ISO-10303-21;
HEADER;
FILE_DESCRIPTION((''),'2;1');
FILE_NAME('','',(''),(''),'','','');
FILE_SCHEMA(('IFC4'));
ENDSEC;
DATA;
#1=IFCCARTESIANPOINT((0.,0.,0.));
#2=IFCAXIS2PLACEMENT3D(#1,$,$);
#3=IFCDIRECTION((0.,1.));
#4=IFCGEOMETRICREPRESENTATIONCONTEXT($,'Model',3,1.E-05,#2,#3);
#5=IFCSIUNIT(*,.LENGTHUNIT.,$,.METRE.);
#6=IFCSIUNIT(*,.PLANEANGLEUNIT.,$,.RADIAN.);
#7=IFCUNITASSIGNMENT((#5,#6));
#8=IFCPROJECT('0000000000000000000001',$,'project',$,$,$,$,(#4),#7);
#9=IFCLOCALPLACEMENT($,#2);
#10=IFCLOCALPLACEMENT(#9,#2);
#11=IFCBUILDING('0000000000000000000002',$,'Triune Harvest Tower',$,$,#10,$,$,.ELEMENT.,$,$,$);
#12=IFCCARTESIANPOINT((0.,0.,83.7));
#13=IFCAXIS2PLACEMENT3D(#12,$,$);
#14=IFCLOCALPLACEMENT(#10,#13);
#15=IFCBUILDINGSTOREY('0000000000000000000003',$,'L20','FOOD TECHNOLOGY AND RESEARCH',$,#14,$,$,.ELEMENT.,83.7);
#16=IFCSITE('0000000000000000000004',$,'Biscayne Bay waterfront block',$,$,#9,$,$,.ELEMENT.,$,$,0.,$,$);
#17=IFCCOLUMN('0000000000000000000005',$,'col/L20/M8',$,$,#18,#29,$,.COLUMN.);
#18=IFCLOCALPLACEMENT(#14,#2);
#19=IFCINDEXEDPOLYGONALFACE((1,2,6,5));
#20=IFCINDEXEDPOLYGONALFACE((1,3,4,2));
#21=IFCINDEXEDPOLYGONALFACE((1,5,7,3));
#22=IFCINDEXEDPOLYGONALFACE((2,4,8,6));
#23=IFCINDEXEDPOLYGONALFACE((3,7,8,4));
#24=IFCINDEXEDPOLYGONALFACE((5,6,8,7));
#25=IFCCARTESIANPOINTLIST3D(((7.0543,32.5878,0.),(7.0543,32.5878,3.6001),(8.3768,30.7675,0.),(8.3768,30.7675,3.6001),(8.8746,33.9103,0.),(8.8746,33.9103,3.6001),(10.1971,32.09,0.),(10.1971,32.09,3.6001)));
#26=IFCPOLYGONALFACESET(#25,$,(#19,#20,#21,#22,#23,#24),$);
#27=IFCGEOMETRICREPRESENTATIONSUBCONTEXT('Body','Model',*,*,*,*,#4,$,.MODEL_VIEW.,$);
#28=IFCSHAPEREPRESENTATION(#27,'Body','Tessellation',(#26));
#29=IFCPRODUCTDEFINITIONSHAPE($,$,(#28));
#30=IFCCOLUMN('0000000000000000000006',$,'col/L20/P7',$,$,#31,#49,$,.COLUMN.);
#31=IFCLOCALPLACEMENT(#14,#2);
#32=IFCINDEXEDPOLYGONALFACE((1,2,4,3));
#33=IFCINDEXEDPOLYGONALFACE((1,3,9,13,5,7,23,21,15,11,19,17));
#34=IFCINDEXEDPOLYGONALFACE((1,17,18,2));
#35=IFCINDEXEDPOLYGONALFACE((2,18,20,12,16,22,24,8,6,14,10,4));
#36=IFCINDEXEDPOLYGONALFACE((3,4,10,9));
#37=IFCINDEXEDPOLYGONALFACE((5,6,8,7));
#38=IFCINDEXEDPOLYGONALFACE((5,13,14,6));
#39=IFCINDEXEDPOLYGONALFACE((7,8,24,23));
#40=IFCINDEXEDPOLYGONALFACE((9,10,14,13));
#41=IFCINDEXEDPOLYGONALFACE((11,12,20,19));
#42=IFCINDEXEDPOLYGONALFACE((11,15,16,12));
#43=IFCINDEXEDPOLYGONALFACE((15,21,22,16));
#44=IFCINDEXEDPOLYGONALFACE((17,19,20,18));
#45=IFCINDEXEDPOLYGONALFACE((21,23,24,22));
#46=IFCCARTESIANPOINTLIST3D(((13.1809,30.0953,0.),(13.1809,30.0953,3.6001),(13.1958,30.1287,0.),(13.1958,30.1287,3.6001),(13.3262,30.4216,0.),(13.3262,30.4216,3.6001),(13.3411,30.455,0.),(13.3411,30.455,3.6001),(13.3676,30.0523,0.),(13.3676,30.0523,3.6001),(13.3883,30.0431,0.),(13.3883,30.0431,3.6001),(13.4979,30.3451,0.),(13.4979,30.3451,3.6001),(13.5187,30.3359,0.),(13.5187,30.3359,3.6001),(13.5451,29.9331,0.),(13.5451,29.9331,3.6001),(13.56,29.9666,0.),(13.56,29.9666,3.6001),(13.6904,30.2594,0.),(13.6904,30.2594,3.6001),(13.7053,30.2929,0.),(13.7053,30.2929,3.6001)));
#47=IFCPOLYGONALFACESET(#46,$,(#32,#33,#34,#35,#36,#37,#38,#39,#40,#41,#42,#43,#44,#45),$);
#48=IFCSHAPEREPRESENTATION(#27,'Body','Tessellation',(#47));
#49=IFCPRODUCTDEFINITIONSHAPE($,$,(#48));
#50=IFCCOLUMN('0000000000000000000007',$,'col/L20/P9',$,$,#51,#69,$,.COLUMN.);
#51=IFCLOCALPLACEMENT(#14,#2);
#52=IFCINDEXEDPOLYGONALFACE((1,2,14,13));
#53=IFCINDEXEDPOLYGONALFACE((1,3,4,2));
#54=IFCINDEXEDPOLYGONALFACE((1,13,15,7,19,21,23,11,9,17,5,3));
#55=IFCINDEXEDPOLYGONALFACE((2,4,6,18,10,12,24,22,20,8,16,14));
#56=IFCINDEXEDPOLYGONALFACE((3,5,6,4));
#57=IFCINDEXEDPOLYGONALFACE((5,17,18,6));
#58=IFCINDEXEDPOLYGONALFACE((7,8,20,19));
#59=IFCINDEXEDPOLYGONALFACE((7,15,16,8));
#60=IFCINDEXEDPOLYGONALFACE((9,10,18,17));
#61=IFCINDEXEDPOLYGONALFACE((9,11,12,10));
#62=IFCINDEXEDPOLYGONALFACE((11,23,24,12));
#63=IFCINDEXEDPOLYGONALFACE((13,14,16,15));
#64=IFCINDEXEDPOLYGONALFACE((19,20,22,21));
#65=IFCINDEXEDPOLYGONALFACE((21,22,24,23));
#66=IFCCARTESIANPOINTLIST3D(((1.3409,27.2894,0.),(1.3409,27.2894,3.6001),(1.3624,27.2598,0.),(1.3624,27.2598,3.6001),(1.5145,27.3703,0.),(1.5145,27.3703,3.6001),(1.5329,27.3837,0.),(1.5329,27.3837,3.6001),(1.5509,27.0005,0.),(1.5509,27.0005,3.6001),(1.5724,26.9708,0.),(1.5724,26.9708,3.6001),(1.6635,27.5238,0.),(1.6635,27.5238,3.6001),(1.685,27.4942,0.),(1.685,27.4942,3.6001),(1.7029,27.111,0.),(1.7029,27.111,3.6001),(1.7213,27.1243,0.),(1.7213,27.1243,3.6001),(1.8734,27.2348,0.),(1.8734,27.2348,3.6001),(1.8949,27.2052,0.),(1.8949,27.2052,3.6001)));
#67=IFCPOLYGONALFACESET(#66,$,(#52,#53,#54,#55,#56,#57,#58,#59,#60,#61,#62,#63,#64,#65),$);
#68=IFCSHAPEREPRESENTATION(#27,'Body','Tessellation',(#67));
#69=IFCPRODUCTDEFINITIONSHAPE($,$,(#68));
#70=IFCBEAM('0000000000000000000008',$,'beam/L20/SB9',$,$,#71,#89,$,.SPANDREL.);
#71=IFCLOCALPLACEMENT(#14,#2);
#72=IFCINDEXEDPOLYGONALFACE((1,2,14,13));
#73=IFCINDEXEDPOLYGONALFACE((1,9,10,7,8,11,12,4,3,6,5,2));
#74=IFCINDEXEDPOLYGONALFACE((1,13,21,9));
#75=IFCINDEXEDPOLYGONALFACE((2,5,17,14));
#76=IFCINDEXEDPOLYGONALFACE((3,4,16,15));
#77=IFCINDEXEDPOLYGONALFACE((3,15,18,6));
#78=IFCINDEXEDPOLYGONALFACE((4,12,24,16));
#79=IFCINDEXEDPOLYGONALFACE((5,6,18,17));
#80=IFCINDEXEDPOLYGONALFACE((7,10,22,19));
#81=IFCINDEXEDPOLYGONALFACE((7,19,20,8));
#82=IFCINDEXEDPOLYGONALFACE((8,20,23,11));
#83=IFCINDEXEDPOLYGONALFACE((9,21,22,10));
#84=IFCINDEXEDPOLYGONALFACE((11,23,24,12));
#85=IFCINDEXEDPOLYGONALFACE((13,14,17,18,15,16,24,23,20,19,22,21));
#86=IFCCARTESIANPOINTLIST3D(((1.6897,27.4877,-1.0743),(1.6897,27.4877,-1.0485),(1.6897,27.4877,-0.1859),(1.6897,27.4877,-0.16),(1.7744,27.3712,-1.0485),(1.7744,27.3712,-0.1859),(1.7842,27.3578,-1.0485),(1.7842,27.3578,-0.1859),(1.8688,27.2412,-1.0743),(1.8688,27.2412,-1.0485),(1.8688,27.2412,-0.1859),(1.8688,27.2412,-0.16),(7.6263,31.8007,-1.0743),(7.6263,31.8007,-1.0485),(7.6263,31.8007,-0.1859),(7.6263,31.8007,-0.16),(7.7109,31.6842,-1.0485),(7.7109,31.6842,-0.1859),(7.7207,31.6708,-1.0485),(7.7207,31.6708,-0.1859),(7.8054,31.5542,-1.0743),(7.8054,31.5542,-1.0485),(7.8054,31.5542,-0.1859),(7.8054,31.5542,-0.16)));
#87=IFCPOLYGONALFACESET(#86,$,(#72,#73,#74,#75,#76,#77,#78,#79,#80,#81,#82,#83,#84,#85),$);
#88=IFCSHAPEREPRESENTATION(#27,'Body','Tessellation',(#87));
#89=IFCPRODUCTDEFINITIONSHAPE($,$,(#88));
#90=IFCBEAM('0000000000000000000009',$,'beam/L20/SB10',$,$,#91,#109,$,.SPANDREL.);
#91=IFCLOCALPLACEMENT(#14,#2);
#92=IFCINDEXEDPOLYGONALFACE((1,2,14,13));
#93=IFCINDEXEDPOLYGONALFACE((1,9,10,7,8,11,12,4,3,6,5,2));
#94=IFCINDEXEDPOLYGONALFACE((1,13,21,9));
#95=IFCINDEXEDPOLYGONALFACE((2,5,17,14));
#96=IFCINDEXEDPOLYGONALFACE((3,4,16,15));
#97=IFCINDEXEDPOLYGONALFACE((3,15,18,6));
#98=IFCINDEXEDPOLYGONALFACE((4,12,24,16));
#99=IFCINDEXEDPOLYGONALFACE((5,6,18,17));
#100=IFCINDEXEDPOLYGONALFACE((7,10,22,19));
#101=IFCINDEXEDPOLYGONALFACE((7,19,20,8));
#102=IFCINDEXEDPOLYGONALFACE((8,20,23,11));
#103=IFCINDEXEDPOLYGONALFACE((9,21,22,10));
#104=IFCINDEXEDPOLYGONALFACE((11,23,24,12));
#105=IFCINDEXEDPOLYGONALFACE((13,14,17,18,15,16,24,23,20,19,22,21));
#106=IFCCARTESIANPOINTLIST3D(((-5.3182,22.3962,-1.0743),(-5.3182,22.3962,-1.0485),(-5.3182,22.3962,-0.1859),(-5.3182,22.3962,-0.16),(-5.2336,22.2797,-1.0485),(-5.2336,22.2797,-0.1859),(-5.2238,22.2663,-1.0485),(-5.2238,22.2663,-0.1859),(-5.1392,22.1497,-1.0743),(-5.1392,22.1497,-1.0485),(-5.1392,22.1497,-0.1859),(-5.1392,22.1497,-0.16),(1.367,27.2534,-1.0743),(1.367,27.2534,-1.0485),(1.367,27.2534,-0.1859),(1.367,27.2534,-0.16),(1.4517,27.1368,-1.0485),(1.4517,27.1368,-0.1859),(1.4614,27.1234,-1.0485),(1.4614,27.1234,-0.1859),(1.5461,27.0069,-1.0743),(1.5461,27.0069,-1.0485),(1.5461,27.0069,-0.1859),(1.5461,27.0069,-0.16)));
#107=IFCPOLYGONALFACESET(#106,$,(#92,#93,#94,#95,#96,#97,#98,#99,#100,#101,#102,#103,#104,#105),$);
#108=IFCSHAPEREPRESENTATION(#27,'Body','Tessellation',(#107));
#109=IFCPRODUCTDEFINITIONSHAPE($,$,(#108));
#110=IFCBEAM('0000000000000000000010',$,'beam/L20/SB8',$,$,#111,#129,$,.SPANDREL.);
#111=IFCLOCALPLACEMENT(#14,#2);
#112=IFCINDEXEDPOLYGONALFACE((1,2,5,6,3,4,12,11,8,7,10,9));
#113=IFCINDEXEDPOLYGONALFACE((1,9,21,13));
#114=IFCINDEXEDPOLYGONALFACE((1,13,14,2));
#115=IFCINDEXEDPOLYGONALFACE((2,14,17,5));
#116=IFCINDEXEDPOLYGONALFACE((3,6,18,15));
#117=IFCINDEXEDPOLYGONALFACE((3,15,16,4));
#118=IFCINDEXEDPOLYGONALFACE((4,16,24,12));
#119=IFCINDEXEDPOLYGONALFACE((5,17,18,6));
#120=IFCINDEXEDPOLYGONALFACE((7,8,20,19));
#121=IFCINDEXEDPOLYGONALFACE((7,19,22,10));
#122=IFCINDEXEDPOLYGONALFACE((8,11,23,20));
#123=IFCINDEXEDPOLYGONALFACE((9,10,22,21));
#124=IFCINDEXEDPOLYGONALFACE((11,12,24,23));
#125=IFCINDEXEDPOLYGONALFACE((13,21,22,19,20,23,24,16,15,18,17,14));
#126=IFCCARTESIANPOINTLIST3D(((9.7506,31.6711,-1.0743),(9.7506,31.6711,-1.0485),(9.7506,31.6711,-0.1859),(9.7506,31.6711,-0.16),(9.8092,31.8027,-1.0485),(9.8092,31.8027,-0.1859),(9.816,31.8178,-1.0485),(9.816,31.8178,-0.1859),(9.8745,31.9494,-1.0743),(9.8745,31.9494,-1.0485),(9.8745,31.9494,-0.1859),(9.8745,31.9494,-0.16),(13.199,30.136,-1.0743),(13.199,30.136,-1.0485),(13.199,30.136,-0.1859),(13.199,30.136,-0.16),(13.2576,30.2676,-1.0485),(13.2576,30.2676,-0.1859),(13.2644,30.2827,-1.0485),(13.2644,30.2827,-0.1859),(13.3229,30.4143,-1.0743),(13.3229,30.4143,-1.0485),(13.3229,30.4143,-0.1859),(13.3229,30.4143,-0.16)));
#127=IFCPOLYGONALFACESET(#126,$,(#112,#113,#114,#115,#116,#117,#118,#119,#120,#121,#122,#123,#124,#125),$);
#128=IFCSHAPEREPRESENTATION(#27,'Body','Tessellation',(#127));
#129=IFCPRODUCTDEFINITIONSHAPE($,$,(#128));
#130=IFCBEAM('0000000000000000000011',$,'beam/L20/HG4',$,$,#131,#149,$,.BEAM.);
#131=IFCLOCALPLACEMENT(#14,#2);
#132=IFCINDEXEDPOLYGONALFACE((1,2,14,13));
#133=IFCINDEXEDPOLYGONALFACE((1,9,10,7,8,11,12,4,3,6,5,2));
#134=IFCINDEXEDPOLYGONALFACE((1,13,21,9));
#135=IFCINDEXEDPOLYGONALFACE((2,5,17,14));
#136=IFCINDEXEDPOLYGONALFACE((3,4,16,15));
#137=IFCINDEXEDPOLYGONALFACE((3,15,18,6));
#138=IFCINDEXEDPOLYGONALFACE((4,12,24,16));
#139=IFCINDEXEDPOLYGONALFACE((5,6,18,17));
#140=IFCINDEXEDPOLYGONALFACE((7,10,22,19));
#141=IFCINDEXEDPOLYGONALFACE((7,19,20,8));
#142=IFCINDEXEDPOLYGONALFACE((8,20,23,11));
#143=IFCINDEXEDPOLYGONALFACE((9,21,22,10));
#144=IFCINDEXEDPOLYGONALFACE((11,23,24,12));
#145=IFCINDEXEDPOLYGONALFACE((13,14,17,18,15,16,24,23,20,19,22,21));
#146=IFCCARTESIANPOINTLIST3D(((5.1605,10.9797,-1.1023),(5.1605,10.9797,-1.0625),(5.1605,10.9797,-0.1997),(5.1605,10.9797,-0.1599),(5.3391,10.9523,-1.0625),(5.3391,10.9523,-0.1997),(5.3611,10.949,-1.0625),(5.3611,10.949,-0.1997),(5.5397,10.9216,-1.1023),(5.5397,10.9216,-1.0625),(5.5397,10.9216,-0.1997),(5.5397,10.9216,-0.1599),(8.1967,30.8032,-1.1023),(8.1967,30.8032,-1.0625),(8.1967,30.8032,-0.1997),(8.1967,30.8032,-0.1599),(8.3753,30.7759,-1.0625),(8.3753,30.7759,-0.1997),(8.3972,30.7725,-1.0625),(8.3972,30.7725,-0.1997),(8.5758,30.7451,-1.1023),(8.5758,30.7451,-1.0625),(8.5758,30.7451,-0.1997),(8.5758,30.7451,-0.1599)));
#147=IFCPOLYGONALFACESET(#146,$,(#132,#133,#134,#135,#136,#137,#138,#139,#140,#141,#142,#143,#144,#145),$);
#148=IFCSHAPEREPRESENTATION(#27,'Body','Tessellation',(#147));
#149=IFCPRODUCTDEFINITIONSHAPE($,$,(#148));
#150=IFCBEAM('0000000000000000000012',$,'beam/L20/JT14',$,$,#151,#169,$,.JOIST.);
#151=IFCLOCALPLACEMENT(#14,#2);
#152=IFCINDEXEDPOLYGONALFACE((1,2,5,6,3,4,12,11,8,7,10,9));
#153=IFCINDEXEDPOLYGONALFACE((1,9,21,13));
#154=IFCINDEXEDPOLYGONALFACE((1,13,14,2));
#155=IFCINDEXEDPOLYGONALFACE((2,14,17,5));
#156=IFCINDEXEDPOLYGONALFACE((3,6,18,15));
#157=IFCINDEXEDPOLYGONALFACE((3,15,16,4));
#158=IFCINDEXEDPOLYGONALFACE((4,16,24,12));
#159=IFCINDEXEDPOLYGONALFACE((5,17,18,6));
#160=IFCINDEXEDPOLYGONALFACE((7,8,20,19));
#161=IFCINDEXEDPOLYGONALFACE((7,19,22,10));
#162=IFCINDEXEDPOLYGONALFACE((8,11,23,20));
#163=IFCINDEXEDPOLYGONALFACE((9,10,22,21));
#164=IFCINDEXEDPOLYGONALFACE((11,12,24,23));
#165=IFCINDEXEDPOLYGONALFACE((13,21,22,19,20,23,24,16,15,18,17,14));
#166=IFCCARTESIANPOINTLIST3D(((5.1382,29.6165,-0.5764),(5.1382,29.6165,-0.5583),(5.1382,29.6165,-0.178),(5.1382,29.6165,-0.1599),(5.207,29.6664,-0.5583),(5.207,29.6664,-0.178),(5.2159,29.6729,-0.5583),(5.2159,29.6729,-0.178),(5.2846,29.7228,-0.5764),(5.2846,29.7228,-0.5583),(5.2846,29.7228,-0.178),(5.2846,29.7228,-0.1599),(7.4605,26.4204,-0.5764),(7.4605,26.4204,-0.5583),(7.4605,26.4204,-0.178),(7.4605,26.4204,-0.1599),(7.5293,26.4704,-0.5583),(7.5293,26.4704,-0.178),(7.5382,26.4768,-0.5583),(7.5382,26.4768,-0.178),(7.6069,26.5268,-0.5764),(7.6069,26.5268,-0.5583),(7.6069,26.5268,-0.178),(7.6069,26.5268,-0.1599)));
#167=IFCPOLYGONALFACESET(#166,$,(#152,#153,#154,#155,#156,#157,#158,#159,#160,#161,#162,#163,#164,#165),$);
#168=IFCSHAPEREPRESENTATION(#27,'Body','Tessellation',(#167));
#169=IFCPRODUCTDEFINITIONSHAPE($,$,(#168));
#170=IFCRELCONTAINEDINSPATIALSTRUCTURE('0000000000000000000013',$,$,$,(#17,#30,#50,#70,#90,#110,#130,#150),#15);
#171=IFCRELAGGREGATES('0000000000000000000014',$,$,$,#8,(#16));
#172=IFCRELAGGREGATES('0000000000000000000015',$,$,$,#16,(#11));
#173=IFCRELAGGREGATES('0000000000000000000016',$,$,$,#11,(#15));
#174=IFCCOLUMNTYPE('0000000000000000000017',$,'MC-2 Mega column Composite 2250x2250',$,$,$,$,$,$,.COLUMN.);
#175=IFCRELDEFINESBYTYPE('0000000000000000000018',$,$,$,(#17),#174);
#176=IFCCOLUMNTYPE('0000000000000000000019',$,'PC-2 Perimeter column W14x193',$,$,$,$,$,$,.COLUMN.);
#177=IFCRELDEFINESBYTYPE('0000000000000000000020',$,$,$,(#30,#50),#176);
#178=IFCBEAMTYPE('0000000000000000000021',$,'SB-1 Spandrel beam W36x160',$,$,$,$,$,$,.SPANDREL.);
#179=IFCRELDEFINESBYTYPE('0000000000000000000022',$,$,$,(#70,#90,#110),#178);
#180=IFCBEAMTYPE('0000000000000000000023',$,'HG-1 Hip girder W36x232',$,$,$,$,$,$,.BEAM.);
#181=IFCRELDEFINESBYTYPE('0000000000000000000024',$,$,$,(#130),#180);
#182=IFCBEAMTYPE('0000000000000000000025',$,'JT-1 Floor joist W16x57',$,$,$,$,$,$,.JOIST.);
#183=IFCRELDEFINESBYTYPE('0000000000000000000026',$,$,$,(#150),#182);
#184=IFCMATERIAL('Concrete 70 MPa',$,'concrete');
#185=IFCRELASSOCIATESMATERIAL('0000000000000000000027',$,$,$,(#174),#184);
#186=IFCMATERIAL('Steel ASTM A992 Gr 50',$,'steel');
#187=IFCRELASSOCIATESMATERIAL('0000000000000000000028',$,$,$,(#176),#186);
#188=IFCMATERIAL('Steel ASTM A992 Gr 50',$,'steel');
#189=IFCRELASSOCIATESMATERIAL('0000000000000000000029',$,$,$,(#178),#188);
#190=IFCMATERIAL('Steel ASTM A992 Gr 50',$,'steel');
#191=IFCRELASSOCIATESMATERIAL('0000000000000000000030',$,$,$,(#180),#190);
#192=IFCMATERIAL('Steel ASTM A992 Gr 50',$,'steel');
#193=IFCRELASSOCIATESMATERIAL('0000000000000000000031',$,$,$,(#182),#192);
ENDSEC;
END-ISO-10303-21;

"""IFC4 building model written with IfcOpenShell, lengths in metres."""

from ifc_helpers import new_model, si_unit, direction, frame, origin, origin_2d, place, context, subcontext, project, spatial, rectangle, i_section, extrude, source, transform, mapped, material, material_profile, profile_set, type_object, element, save


model = new_model("IFC4")

# Units and contexts
model_context = context("Model", 3, precision=1e-05, world=origin(), true_north=direction((0.0, 1.0)))
body_context = subcontext(model_context, "Body", "Model", "MODEL_VIEW")
ifc_project = project(units=[si_unit("LENGTHUNIT", "METRE"), si_unit("PLANEANGLEUNIT", "RADIAN")], contexts=[model_context])

# Site, building, storey
site_placement = place(None, origin())
site = spatial("IfcSite", under=ifc_project, at=site_placement, Name="Biscayne Bay waterfront block", CompositionType="ELEMENT", RefElevation=0.0)
building_placement = place(site_placement, origin())
building = spatial("IfcBuilding", under=site, at=building_placement, Name="Triune Harvest Tower", CompositionType="ELEMENT")
storey_placement = place(building_placement, frame((0.0, 0.0, 83.7)))
storey = spatial("IfcBuildingStorey", under=building, at=storey_placement, Name="L20", Description="FOOD TECHNOLOGY AND RESEARCH", CompositionType="ELEMENT", Elevation=83.7)

# Columns
ifc_material_1 = material(Name="Concrete 70 MPa", Category="concrete")
ifc_material_profile_1 = material_profile(ifc_material_1, rectangle(XDim=2.25, YDim=2.25, at=origin_2d()), Name="Composite 2250x2250")
ifc_profile_set_1 = profile_set([ifc_material_profile_1], Name="Concrete 70 MPa")
column_type_1 = type_object("IfcColumnType", Name="MC-2 Mega column Composite 2250x2250", PredefinedType="COLUMN", material=ifc_profile_set_1)
shared_shape_1 = source(origin(), body_context, "Body", "SweptSolid", [
    extrude(rectangle(XDim=2.25, YDim=2.25, at=origin_2d()), origin(), (0.0, 0.0, 1.0), 3.6001),
])
column_placement = place(storey_placement, frame((8.6257, 32.3389, 0.0), z_axis=(0.0, 0.0, 1.0), x_axis=(-0.809017, -0.587785, 0.0)))
element("IfcColumn", 1, at=column_placement, inside=storey, type_object=column_type_1, Name="col/L20/M8", PredefinedType="COLUMN", context=body_context, shape_type="MappedRepresentation", body=[
    mapped(shared_shape_1, transform((0.0, 0.0, 0.0), scale=1.0)),
])
ifc_material_2 = material(Name="Steel ASTM A992 Gr 50", Category="steel")
ifc_material_profile_2 = material_profile(ifc_material_2, i_section(OverallWidth=0.3987, OverallDepth=0.3938, WebThickness=0.0227, FlangeThickness=0.0366, at=origin_2d()), Name="W14x193")
ifc_profile_set_2 = profile_set([ifc_material_profile_2], Name="Steel ASTM A992 Gr 50")
column_type_2 = type_object("IfcColumnType", Name="PC-2 Perimeter column W14x193", PredefinedType="COLUMN", material=ifc_profile_set_2)
shared_shape_2 = source(origin(), body_context, "Body", "SweptSolid", [
    extrude(i_section(OverallWidth=0.3987, OverallDepth=0.3938, WebThickness=0.0227, FlangeThickness=0.0366, at=origin_2d()), origin(), (0.0, 0.0, 1.0), 3.6001),
])
for number, where, z_axis, x_axis, name in (
    (2, (13.4431, 30.1941, 0.0), (0.0, 0.0, 1.0), (-0.913547, 0.406733, 0.0), "col/L20/P7"),
    (3, (1.6179, 27.2473, 0.0), (0.0, 0.0, 1.0), (-0.809017, -0.587785, 0.0), "col/L20/P9"),
):
    element("IfcColumn", number, at=place(storey_placement, frame(where, z_axis=z_axis, x_axis=x_axis)), inside=storey, type_object=column_type_2, Name=name, PredefinedType="COLUMN", context=body_context, shape_type="MappedRepresentation", body=[
        mapped(shared_shape_2, transform((0.0, 0.0, 0.0), scale=1.0)),
    ])

# Beams
ifc_material_3 = material(Name="Steel ASTM A992 Gr 50", Category="steel")
ifc_material_profile_3 = material_profile(ifc_material_3, i_section(OverallWidth=0.3047, OverallDepth=0.9143, WebThickness=0.0166, FlangeThickness=0.0259, at=origin_2d()), Name="W36x160")
ifc_profile_set_3 = profile_set([ifc_material_profile_3], Name="Steel ASTM A992 Gr 50")
beam_type_1 = type_object("IfcBeamType", Name="SB-1 Spandrel beam W36x160", PredefinedType="SPANDREL", material=ifc_profile_set_3)
shared_shape_3 = source(origin(), body_context, "Body", "SweptSolid", [
    extrude(i_section(OverallWidth=0.3047, OverallDepth=0.9143, WebThickness=0.0166, FlangeThickness=0.0259, at=origin_2d()), origin(), (0.0, 0.0, 1.0), 7.3379),
])
beam_1_placement = place(storey_placement, frame((7.7158, 31.6775, -0.6172), z_axis=(-0.809027, -0.587772, 0.0), x_axis=(0.587772, -0.809027, 0.0)))
element("IfcBeam", 4, at=beam_1_placement, inside=storey, type_object=beam_type_1, Name="beam/L20/SB9", PredefinedType="SPANDREL", context=body_context, shape_type="MappedRepresentation", body=[
    mapped(shared_shape_3, transform((0.0, 0.0, 0.0), scale=1.0)),
])
shared_shape_4 = source(origin(), body_context, "Body", "SweptSolid", [
    extrude(i_section(OverallWidth=0.3047, OverallDepth=0.9143, WebThickness=0.0166, FlangeThickness=0.0259, at=origin_2d()), origin(), (0.0, 0.0, 1.0), 8.2634),
])
beam_2_placement = place(storey_placement, frame((1.4565, 27.1301, -0.6172), z_axis=(-0.809016, -0.587787, 0.0), x_axis=(0.587787, -0.809016, 0.0)))
element("IfcBeam", 5, at=beam_2_placement, inside=storey, type_object=beam_type_1, Name="beam/L20/SB10", PredefinedType="SPANDREL", context=body_context, shape_type="MappedRepresentation", body=[
    mapped(shared_shape_4, transform((0.0, 0.0, 0.0), scale=1.0)),
])
shared_shape_5 = source(origin(), body_context, "Body", "SweptSolid", [
    extrude(i_section(OverallWidth=0.3047, OverallDepth=0.9143, WebThickness=0.0166, FlangeThickness=0.0259, at=origin_2d()), origin(), (0.0, 0.0, 1.0), 3.7747),
])
beam_3_placement = place(storey_placement, frame((13.261, 30.2751, -0.6172), z_axis=(-0.913566, 0.40669, 0.0), x_axis=(-0.40669, -0.913566, 0.0)))
element("IfcBeam", 6, at=beam_3_placement, inside=storey, type_object=beam_type_1, Name="beam/L20/SB8", PredefinedType="SPANDREL", context=body_context, shape_type="MappedRepresentation", body=[
    mapped(shared_shape_5, transform((0.0, 0.0, 0.0), scale=1.0)),
])
ifc_material_4 = material(Name="Steel ASTM A992 Gr 50", Category="steel")
ifc_material_profile_4 = material_profile(ifc_material_4, i_section(OverallWidth=0.3835, OverallDepth=0.9424, WebThickness=0.0222, FlangeThickness=0.0398, at=origin_2d()), Name="W36x232")
ifc_profile_set_4 = profile_set([ifc_material_profile_4], Name="Steel ASTM A992 Gr 50")
beam_type_2 = type_object("IfcBeamType", Name="HG-1 Hip girder W36x232", PredefinedType="BEAM", material=ifc_profile_set_4)
shared_shape_6 = source(origin(), body_context, "Body", "SweptSolid", [
    extrude(i_section(OverallWidth=0.3835, OverallDepth=0.9424, WebThickness=0.0222, FlangeThickness=0.0398, at=origin_2d()), origin(), (0.0, 0.0, 1.0), 20.0547),
])
beam_4_placement = place(storey_placement, frame((8.3862, 30.7742, -0.6311), z_axis=(-0.151393, -0.988474, 0.0), x_axis=(0.988474, -0.151393, 0.0)))
element("IfcBeam", 7, at=beam_4_placement, inside=storey, type_object=beam_type_2, Name="beam/L20/HG4", PredefinedType="BEAM", context=body_context, shape_type="MappedRepresentation", body=[
    mapped(shared_shape_6, transform((0.0, 0.0, 0.0), scale=1.0)),
])
ifc_material_5 = material(Name="Steel ASTM A992 Gr 50", Category="steel")
ifc_material_profile_5 = material_profile(ifc_material_5, i_section(OverallWidth=0.1809, OverallDepth=0.4165, WebThickness=0.011, FlangeThickness=0.0181, at=origin_2d()), Name="W16x57")
ifc_profile_set_5 = profile_set([ifc_material_profile_5], Name="Steel ASTM A992 Gr 50")
beam_type_3 = type_object("IfcBeamType", Name="JT-1 Floor joist W16x57", PredefinedType="JOIST", material=ifc_profile_set_5)
shared_shape_7 = source(origin(), body_context, "Body", "SweptSolid", [
    extrude(i_section(OverallWidth=0.1809, OverallDepth=0.4165, WebThickness=0.011, FlangeThickness=0.0181, at=origin_2d()), origin(), (0.0, 0.0, 1.0), 3.9507),
])
beam_5_placement = place(storey_placement, frame((5.2114, 29.6697, -0.3682), z_axis=(0.587819, -0.808993, 0.0), x_axis=(0.808993, 0.587819, 0.0)))
element("IfcBeam", 8, at=beam_5_placement, inside=storey, type_object=beam_type_3, Name="beam/L20/JT14", PredefinedType="JOIST", context=body_context, shape_type="MappedRepresentation", body=[
    mapped(shared_shape_7, transform((0.0, 0.0, 0.0), scale=1.0)),
])

save(model, "model.ifc")
